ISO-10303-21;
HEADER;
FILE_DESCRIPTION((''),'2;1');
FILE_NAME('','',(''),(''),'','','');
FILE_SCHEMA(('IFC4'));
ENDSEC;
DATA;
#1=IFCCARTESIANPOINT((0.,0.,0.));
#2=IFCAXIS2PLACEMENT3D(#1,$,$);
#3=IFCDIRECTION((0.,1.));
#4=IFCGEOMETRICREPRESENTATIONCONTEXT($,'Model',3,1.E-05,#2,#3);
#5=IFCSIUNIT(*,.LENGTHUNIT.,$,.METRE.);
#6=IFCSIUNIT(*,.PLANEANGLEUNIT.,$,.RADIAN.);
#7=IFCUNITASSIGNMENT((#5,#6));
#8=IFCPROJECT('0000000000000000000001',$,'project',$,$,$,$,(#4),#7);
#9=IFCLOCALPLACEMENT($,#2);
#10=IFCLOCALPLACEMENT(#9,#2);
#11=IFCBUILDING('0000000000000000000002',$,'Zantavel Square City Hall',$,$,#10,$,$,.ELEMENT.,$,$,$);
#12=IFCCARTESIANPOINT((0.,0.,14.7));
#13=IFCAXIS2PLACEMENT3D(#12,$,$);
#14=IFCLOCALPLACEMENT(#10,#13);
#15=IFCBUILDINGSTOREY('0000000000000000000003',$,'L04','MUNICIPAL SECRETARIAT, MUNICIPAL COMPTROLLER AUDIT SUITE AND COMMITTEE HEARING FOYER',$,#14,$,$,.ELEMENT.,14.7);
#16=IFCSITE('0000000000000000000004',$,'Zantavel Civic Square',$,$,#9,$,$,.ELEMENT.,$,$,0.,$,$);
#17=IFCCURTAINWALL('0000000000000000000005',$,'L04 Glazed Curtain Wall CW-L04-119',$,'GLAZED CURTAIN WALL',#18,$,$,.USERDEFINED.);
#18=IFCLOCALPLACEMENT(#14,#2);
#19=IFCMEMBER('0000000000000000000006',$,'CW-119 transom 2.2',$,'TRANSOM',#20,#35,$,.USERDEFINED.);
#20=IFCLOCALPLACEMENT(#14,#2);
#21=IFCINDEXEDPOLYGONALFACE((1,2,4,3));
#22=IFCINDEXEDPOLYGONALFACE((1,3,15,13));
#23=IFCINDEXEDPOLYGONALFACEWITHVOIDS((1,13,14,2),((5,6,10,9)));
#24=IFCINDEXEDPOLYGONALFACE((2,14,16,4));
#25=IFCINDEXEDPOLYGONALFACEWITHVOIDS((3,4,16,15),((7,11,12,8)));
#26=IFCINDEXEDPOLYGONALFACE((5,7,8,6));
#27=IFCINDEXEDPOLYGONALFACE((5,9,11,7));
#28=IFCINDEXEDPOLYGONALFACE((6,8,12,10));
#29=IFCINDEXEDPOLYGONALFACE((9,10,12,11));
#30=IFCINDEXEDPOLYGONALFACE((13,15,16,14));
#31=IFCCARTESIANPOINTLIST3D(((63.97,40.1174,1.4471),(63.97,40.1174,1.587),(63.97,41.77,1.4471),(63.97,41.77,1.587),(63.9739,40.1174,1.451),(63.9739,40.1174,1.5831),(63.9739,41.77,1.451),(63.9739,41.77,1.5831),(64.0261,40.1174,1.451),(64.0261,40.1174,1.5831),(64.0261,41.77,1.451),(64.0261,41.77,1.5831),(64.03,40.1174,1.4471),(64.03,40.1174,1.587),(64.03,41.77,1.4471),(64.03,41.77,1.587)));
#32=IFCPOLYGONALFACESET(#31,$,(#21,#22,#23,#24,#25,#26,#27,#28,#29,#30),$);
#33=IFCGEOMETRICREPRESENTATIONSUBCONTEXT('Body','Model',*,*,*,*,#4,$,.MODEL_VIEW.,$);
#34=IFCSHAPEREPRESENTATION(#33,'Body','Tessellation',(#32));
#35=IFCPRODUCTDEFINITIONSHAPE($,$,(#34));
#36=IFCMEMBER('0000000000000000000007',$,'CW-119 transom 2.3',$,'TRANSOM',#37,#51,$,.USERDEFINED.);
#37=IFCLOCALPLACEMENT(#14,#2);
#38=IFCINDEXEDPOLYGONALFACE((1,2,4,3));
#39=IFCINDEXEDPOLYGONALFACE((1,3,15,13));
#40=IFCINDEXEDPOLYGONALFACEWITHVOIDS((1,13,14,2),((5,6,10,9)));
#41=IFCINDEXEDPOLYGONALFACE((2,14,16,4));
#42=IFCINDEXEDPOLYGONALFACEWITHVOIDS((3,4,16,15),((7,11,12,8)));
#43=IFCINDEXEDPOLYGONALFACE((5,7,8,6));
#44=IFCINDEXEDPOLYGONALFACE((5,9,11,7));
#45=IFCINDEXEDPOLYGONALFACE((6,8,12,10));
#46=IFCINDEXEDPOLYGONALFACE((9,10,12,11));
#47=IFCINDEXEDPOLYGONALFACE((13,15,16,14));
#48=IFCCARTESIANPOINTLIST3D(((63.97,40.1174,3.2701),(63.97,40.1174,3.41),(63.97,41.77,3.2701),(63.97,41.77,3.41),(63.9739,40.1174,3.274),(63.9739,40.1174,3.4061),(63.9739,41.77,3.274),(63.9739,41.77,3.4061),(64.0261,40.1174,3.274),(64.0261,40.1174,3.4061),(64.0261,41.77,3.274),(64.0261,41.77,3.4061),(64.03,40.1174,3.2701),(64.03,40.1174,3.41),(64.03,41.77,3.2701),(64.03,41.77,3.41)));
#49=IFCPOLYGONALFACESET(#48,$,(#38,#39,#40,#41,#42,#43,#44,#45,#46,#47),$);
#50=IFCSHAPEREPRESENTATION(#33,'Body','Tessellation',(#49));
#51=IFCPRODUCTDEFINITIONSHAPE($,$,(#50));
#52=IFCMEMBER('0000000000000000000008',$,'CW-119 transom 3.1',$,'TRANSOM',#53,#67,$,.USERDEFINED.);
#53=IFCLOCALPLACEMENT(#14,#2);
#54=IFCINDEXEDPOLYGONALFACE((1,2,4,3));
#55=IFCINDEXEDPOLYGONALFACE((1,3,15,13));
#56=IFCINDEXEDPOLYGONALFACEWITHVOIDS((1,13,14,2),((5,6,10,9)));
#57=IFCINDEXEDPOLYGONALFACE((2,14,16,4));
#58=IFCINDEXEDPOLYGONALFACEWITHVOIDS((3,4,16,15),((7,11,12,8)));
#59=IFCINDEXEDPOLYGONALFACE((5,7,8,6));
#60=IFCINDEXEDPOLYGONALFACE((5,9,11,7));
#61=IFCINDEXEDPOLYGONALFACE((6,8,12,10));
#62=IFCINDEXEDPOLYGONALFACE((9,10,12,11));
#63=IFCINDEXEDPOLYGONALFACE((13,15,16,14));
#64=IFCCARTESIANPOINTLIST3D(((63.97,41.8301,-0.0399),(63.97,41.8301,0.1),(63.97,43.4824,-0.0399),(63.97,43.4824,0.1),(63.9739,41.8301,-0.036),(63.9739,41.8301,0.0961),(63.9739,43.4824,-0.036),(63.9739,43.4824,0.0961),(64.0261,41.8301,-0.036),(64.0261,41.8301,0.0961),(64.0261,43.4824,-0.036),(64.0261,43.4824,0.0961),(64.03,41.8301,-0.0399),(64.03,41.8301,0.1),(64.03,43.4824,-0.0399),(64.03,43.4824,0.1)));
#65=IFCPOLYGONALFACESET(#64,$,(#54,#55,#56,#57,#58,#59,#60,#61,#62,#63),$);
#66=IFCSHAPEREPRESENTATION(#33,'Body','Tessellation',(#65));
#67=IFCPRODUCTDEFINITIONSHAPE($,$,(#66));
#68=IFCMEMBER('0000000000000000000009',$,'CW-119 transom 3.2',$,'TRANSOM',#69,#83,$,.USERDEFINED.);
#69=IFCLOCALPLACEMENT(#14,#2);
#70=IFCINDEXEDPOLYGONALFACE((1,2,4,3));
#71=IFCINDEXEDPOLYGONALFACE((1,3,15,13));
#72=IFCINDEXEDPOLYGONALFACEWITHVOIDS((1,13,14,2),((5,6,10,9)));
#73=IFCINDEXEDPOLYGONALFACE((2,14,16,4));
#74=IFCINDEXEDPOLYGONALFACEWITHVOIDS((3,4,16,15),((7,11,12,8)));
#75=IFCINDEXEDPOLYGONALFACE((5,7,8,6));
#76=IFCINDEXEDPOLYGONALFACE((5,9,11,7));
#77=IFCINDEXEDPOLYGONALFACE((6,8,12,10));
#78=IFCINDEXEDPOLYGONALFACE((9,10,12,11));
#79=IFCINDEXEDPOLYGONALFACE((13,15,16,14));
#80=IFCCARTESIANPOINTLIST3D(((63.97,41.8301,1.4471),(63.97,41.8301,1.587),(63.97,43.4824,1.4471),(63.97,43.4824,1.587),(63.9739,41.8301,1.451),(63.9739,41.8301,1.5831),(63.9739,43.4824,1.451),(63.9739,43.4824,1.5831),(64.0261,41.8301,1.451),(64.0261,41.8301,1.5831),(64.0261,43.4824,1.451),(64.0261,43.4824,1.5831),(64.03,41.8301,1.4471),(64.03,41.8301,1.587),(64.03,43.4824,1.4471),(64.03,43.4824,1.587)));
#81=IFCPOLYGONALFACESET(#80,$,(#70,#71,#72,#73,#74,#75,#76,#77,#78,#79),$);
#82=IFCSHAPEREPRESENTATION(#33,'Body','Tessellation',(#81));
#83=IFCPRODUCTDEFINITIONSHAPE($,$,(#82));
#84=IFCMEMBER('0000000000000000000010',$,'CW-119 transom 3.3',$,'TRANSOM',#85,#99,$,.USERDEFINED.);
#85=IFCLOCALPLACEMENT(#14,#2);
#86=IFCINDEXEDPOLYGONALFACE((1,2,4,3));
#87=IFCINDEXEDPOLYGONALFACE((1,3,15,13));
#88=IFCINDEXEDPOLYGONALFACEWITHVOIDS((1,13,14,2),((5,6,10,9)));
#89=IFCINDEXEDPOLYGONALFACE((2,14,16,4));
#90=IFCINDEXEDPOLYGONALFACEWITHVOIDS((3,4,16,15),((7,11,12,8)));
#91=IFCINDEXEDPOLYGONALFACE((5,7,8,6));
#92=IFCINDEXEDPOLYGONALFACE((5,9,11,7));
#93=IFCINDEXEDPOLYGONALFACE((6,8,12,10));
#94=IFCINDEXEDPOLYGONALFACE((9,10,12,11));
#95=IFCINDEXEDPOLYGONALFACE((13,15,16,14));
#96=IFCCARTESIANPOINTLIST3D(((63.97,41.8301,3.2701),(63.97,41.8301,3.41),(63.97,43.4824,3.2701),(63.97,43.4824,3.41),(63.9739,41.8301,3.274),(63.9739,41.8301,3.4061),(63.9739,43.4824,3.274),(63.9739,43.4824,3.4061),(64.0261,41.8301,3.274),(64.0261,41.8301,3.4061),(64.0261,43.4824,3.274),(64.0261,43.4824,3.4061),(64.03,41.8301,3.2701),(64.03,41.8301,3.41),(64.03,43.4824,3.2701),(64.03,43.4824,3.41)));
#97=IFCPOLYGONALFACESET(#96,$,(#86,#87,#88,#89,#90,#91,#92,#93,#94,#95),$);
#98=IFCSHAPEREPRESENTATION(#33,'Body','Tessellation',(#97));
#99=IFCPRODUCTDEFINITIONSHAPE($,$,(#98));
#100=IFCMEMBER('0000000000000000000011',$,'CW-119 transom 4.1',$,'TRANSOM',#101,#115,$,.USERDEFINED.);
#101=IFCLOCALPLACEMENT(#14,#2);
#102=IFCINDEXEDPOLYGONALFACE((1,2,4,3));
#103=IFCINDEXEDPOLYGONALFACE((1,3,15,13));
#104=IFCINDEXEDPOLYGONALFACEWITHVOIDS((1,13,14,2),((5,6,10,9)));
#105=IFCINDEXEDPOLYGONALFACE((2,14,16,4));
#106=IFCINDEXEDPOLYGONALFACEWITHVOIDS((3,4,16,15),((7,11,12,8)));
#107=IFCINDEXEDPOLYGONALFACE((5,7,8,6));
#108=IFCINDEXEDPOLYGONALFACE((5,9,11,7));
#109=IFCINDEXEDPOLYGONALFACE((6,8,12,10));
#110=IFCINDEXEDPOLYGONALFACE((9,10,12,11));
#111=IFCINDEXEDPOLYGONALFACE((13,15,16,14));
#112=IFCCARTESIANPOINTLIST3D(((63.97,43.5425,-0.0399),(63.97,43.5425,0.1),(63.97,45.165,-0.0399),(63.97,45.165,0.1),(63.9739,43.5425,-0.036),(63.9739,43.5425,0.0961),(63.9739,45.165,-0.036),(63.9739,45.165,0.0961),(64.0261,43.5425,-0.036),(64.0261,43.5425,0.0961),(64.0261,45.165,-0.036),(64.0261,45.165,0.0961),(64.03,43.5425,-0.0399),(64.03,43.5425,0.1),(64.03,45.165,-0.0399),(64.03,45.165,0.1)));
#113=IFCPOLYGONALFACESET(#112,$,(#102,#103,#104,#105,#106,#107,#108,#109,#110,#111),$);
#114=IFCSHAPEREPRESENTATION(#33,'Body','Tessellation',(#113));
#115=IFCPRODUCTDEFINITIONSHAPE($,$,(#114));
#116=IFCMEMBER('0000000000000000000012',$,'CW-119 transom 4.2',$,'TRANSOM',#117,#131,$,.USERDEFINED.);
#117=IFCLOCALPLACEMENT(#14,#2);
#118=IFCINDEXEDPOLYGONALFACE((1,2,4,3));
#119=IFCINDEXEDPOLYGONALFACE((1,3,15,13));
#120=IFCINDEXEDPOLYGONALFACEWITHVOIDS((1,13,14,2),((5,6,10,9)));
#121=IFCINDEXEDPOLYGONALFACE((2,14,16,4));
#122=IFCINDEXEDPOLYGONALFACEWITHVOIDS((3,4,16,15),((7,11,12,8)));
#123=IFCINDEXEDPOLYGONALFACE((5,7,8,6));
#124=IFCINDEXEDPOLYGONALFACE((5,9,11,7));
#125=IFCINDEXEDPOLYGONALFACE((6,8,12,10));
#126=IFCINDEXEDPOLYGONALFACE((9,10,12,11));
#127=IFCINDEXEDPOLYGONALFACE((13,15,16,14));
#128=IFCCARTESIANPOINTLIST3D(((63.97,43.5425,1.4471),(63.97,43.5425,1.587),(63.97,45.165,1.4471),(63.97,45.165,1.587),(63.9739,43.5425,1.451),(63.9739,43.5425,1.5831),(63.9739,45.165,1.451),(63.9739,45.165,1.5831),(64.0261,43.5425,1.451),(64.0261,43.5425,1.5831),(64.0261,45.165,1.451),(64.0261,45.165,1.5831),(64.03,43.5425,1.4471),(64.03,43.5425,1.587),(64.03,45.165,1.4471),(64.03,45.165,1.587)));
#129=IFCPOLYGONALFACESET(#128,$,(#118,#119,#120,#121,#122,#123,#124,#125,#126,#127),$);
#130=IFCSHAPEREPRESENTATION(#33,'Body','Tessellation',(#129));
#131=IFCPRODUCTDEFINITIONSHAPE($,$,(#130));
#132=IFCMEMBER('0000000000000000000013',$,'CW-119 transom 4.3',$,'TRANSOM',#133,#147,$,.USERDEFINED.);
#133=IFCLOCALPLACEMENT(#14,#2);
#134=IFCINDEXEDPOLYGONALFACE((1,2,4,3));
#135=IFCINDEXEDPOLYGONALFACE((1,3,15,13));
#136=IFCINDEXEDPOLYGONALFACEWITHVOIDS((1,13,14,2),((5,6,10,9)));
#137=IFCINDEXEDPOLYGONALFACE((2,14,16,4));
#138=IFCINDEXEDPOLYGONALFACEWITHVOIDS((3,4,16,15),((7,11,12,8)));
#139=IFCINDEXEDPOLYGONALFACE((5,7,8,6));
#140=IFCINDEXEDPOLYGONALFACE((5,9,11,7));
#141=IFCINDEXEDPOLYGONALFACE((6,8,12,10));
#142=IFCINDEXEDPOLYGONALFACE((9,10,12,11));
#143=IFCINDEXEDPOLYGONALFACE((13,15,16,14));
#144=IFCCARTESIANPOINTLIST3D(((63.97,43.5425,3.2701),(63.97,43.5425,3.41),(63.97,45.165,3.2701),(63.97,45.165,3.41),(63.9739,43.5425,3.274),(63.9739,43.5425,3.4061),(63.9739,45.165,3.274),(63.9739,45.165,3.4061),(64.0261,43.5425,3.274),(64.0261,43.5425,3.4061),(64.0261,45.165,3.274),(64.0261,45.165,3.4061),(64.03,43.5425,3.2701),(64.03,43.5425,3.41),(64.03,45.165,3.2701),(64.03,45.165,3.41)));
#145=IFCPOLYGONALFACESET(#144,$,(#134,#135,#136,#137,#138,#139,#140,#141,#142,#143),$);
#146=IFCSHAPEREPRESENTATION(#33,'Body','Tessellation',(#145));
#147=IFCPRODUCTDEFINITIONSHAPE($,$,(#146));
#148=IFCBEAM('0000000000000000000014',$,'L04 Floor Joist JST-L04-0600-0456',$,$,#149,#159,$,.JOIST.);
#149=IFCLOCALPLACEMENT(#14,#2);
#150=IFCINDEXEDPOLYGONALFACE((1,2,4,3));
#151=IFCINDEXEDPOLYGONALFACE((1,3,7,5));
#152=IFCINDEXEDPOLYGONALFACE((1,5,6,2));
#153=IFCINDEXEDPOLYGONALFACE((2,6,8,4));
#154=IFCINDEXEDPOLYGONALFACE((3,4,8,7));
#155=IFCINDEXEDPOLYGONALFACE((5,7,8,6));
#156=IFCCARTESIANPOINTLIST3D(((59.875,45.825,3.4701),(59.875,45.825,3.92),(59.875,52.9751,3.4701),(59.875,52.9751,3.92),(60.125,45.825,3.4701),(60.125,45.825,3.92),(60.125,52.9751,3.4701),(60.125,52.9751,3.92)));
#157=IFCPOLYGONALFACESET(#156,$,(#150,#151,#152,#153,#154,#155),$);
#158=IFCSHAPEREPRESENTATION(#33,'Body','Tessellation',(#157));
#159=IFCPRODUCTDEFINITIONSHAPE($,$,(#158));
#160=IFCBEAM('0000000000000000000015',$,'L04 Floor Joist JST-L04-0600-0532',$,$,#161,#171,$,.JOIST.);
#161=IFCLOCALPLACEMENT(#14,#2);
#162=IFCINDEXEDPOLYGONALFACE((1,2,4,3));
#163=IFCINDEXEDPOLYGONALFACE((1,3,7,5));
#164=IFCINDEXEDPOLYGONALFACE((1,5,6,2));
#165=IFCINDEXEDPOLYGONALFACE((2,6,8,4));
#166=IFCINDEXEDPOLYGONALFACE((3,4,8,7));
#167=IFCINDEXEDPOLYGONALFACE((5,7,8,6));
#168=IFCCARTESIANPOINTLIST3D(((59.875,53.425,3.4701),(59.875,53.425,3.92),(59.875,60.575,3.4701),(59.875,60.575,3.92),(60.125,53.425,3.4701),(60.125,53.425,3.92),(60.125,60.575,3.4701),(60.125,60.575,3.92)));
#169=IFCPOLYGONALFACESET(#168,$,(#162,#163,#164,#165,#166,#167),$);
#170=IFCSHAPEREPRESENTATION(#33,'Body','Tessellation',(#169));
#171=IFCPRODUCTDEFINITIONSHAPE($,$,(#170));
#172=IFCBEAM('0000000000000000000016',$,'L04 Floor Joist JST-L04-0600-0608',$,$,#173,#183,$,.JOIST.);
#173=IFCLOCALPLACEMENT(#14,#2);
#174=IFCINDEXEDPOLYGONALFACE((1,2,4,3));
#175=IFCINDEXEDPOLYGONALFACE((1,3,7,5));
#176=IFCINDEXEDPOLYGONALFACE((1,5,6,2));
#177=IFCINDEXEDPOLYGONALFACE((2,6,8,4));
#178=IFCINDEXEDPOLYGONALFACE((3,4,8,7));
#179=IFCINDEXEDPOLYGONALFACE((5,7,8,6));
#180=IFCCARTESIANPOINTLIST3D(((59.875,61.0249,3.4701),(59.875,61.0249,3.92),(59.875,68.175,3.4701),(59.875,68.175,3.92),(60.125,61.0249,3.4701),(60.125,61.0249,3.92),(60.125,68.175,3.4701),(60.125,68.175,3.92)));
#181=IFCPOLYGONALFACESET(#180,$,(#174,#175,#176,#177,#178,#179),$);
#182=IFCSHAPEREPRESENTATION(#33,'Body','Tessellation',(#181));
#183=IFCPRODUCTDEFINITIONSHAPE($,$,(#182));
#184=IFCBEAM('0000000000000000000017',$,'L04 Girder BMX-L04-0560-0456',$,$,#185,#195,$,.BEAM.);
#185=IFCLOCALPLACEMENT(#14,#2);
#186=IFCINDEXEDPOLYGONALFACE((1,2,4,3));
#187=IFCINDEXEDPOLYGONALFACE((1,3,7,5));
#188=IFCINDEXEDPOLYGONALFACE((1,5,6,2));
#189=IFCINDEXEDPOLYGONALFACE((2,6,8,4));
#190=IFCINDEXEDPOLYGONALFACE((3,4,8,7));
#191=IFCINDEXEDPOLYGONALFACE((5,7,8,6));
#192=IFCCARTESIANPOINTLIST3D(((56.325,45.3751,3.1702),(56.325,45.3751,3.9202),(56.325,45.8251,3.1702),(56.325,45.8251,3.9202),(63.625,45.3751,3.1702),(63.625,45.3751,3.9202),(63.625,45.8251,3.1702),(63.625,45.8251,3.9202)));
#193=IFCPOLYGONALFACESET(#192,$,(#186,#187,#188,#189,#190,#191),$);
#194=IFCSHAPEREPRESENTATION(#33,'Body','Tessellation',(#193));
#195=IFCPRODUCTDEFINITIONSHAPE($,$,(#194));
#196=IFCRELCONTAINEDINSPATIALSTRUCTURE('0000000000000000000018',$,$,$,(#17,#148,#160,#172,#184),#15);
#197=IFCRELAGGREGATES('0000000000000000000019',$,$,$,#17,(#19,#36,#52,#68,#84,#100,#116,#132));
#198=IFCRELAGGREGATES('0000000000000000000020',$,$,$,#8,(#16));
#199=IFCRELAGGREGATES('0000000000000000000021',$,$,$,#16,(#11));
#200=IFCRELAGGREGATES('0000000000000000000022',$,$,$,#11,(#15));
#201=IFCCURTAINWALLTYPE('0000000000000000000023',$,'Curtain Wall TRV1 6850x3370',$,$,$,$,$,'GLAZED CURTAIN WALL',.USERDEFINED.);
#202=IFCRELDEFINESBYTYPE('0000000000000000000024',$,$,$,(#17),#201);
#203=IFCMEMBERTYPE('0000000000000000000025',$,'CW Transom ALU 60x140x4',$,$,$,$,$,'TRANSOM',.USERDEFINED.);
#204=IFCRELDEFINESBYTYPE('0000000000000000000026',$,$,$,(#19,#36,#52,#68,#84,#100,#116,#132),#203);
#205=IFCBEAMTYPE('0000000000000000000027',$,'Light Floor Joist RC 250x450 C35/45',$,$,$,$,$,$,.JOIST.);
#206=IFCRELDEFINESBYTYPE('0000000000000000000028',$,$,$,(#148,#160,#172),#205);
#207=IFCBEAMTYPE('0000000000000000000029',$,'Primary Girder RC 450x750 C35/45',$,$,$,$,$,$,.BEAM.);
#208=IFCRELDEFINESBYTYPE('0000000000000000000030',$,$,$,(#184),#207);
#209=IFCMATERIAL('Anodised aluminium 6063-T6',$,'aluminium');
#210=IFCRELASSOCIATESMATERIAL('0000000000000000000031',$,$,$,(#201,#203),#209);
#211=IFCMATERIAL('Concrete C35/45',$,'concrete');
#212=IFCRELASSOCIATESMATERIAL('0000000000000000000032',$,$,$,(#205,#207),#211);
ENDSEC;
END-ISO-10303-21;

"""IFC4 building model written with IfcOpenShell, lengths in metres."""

from ifc_helpers import new_model, si_unit, direction, frame, origin, origin_2d, place, context, subcontext, project, spatial, rectangle, hollow_rectangle, extrude, material, material_profile, profile_set, type_object, element, aggregate, save


model = new_model("IFC4")

# Units and contexts
model_context = context("Model", 3, precision=1e-05, world=origin(), true_north=direction((0.0, 1.0)))
body_context = subcontext(model_context, "Body", "Model", "MODEL_VIEW")
ifc_project = project(units=[si_unit("LENGTHUNIT", "METRE"), si_unit("PLANEANGLEUNIT", "RADIAN")], contexts=[model_context])

# Site, building, storey
site_placement = place(None, origin())
site = spatial("IfcSite", under=ifc_project, at=site_placement, Name="Zantavel Civic Square", CompositionType="ELEMENT", RefElevation=0.0)
building_placement = place(site_placement, origin())
building = spatial("IfcBuilding", under=site, at=building_placement, Name="Zantavel Square City Hall", CompositionType="ELEMENT")
storey_placement = place(building_placement, frame((0.0, 0.0, 14.7)))
storey = spatial("IfcBuildingStorey", under=building, at=storey_placement, Name="L04", Description="MUNICIPAL SECRETARIAT, MUNICIPAL COMPTROLLER AUDIT SUITE AND COMMITTEE HEARING FOYER", CompositionType="ELEMENT", Elevation=14.7)

# Curtain wall, members
ifc_material_1 = material(Name="Anodised aluminium 6063-T6", Category="aluminium")
curtain_wall_type = type_object("IfcCurtainWallType", Name="Curtain Wall TRV1 6850x3370", ElementType="GLAZED CURTAIN WALL", PredefinedType="USERDEFINED", material=ifc_material_1)
curtain_wall_placement = place(storey_placement, origin())
curtain_wall = element("IfcCurtainWall", 1, at=curtain_wall_placement, inside=storey, type_object=curtain_wall_type, Name="L04 Glazed Curtain Wall CW-L04-119", ObjectType="GLAZED CURTAIN WALL", PredefinedType="USERDEFINED")
ifc_material_profile_1 = material_profile(ifc_material_1, hollow_rectangle(XDim=0.0601, YDim=0.1399, WallThickness=0.0039, at=origin_2d()), Name="ALU 60x140x4")
ifc_profile_set_1 = profile_set([ifc_material_profile_1], Name="Anodised aluminium 6063-T6")
member_type_1 = type_object("IfcMemberType", Name="CW Transom ALU 60x140x4", ElementType="TRANSOM", PredefinedType="USERDEFINED", material=ifc_profile_set_1)
member_1_placement = place(storey_placement, frame((64.0, 40.1174, 1.5171), z_axis=(0.0, 1.0, 0.0), x_axis=(-1.0, 0.0, 0.0)))
member_1 = element("IfcMember", 2, at=member_1_placement, type_object=member_type_1, Name="CW-119 transom 2.2", ObjectType="TRANSOM", PredefinedType="USERDEFINED", context=body_context, shape_type="SweptSolid", body=[
    extrude(hollow_rectangle(XDim=0.0601, YDim=0.1399, WallThickness=0.0039, at=origin_2d()), origin(), (0.0, 0.0, 1.0), 1.6526),
])
member_2_placement = place(storey_placement, frame((64.0, 40.1174, 3.3401), z_axis=(0.0, 1.0, 0.0), x_axis=(-1.0, 0.0, 0.0)))
member_2 = element("IfcMember", 3, at=member_2_placement, type_object=member_type_1, Name="CW-119 transom 2.3", ObjectType="TRANSOM", PredefinedType="USERDEFINED", context=body_context, shape_type="SweptSolid", body=[
    extrude(hollow_rectangle(XDim=0.0601, YDim=0.1399, WallThickness=0.0039, at=origin_2d()), origin(), (0.0, 0.0, 1.0), 1.6526),
])
member_3_placement = place(storey_placement, frame((64.0, 41.8301, 0.03), z_axis=(0.0, 1.0, 0.0), x_axis=(-1.0, 0.0, 0.0)))
member_3 = element("IfcMember", 4, at=member_3_placement, type_object=member_type_1, Name="CW-119 transom 3.1", ObjectType="TRANSOM", PredefinedType="USERDEFINED", context=body_context, shape_type="SweptSolid", body=[
    extrude(hollow_rectangle(XDim=0.0601, YDim=0.1399, WallThickness=0.0039, at=origin_2d()), origin(), (0.0, 0.0, 1.0), 1.6523),
])
member_4_placement = place(storey_placement, frame((64.0, 41.8301, 1.5171), z_axis=(0.0, 1.0, 0.0), x_axis=(-1.0, 0.0, 0.0)))
member_4 = element("IfcMember", 5, at=member_4_placement, type_object=member_type_1, Name="CW-119 transom 3.2", ObjectType="TRANSOM", PredefinedType="USERDEFINED", context=body_context, shape_type="SweptSolid", body=[
    extrude(hollow_rectangle(XDim=0.0601, YDim=0.1399, WallThickness=0.0039, at=origin_2d()), origin(), (0.0, 0.0, 1.0), 1.6523),
])
member_5_placement = place(storey_placement, frame((64.0, 41.8301, 3.3401), z_axis=(0.0, 1.0, 0.0), x_axis=(-1.0, 0.0, 0.0)))
member_5 = element("IfcMember", 6, at=member_5_placement, type_object=member_type_1, Name="CW-119 transom 3.3", ObjectType="TRANSOM", PredefinedType="USERDEFINED", context=body_context, shape_type="SweptSolid", body=[
    extrude(hollow_rectangle(XDim=0.0601, YDim=0.1399, WallThickness=0.0039, at=origin_2d()), origin(), (0.0, 0.0, 1.0), 1.6523),
])
member_6_placement = place(storey_placement, frame((64.0, 43.5425, 0.03), z_axis=(0.0, 1.0, 0.0), x_axis=(-1.0, 0.0, 0.0)))
member_6 = element("IfcMember", 7, at=member_6_placement, type_object=member_type_1, Name="CW-119 transom 4.1", ObjectType="TRANSOM", PredefinedType="USERDEFINED", context=body_context, shape_type="SweptSolid", body=[
    extrude(hollow_rectangle(XDim=0.0601, YDim=0.1399, WallThickness=0.0039, at=origin_2d()), origin(), (0.0, 0.0, 1.0), 1.6226),
])
member_7_placement = place(storey_placement, frame((64.0, 43.5425, 1.5171), z_axis=(0.0, 1.0, 0.0), x_axis=(-1.0, 0.0, 0.0)))
member_7 = element("IfcMember", 8, at=member_7_placement, type_object=member_type_1, Name="CW-119 transom 4.2", ObjectType="TRANSOM", PredefinedType="USERDEFINED", context=body_context, shape_type="SweptSolid", body=[
    extrude(hollow_rectangle(XDim=0.0601, YDim=0.1399, WallThickness=0.0039, at=origin_2d()), origin(), (0.0, 0.0, 1.0), 1.6226),
])
member_8_placement = place(storey_placement, frame((64.0, 43.5425, 3.3401), z_axis=(0.0, 1.0, 0.0), x_axis=(-1.0, 0.0, 0.0)))
member_8 = element("IfcMember", 9, at=member_8_placement, type_object=member_type_1, Name="CW-119 transom 4.3", ObjectType="TRANSOM", PredefinedType="USERDEFINED", context=body_context, shape_type="SweptSolid", body=[
    extrude(hollow_rectangle(XDim=0.0601, YDim=0.1399, WallThickness=0.0039, at=origin_2d()), origin(), (0.0, 0.0, 1.0), 1.6226),
])

# Beams
ifc_material_2 = material(Name="Concrete C35/45", Category="concrete")
ifc_material_profile_2 = material_profile(ifc_material_2, rectangle(XDim=0.25, YDim=0.45, at=origin_2d()), Name="RC 250x450")
ifc_profile_set_2 = profile_set([ifc_material_profile_2], Name="Concrete C35/45")
beam_type_1 = type_object("IfcBeamType", Name="Light Floor Joist RC 250x450 C35/45", PredefinedType="JOIST", material=ifc_profile_set_2)
beam_1_placement = place(storey_placement, frame((60.0, 45.825, 3.6951), z_axis=(0.0, 1.0, 0.0), x_axis=(-1.0, 0.0, 0.0)))
element("IfcBeam", 10, at=beam_1_placement, inside=storey, type_object=beam_type_1, Name="L04 Floor Joist JST-L04-0600-0456", PredefinedType="JOIST", context=body_context, shape_type="SweptSolid", body=[
    extrude(rectangle(XDim=0.25, YDim=0.45, at=origin_2d()), origin(), (0.0, 0.0, 1.0), 7.1501),
])
beam_2_placement = place(storey_placement, frame((60.0, 53.425, 3.6951), z_axis=(0.0, 1.0, 0.0), x_axis=(-1.0, 0.0, 0.0)))
element("IfcBeam", 11, at=beam_2_placement, inside=storey, type_object=beam_type_1, Name="L04 Floor Joist JST-L04-0600-0532", PredefinedType="JOIST", context=body_context, shape_type="SweptSolid", body=[
    extrude(rectangle(XDim=0.25, YDim=0.45, at=origin_2d()), origin(), (0.0, 0.0, 1.0), 7.1499),
])
beam_3_placement = place(storey_placement, frame((60.0, 61.0249, 3.6951), z_axis=(0.0, 1.0, 0.0), x_axis=(-1.0, 0.0, 0.0)))
element("IfcBeam", 12, at=beam_3_placement, inside=storey, type_object=beam_type_1, Name="L04 Floor Joist JST-L04-0600-0608", PredefinedType="JOIST", context=body_context, shape_type="SweptSolid", body=[
    extrude(rectangle(XDim=0.25, YDim=0.45, at=origin_2d()), origin(), (0.0, 0.0, 1.0), 7.1501),
])
ifc_material_profile_3 = material_profile(ifc_material_2, rectangle(XDim=0.45, YDim=0.75, at=origin_2d()), Name="RC 450x750")
ifc_profile_set_3 = profile_set([ifc_material_profile_3], Name="Concrete C35/45")
beam_type_2 = type_object("IfcBeamType", Name="Primary Girder RC 450x750 C35/45", PredefinedType="BEAM", material=ifc_profile_set_3)
for number, where, z_axis, x_axis, name in (
    (13, (56.325, 45.6001, 3.5452), (1.0, 0.0, 0.0), (0.0, 1.0, 0.0), "L04 Girder BMX-L04-0560-0456"),
):
    element("IfcBeam", number, at=place(storey_placement, frame(where, z_axis=z_axis, x_axis=x_axis)), inside=storey, type_object=beam_type_2, Name=name, PredefinedType="BEAM", context=body_context, shape_type="SweptSolid", body=[
        extrude(rectangle(XDim=0.45, YDim=0.75, at=origin_2d()), origin(), (0.0, 0.0, 1.0), 7.3),
    ])

aggregate(curtain_wall, [member_1, member_2, member_3, member_4, member_5, member_6, member_7, member_8])

save(model, "model.ifc")
